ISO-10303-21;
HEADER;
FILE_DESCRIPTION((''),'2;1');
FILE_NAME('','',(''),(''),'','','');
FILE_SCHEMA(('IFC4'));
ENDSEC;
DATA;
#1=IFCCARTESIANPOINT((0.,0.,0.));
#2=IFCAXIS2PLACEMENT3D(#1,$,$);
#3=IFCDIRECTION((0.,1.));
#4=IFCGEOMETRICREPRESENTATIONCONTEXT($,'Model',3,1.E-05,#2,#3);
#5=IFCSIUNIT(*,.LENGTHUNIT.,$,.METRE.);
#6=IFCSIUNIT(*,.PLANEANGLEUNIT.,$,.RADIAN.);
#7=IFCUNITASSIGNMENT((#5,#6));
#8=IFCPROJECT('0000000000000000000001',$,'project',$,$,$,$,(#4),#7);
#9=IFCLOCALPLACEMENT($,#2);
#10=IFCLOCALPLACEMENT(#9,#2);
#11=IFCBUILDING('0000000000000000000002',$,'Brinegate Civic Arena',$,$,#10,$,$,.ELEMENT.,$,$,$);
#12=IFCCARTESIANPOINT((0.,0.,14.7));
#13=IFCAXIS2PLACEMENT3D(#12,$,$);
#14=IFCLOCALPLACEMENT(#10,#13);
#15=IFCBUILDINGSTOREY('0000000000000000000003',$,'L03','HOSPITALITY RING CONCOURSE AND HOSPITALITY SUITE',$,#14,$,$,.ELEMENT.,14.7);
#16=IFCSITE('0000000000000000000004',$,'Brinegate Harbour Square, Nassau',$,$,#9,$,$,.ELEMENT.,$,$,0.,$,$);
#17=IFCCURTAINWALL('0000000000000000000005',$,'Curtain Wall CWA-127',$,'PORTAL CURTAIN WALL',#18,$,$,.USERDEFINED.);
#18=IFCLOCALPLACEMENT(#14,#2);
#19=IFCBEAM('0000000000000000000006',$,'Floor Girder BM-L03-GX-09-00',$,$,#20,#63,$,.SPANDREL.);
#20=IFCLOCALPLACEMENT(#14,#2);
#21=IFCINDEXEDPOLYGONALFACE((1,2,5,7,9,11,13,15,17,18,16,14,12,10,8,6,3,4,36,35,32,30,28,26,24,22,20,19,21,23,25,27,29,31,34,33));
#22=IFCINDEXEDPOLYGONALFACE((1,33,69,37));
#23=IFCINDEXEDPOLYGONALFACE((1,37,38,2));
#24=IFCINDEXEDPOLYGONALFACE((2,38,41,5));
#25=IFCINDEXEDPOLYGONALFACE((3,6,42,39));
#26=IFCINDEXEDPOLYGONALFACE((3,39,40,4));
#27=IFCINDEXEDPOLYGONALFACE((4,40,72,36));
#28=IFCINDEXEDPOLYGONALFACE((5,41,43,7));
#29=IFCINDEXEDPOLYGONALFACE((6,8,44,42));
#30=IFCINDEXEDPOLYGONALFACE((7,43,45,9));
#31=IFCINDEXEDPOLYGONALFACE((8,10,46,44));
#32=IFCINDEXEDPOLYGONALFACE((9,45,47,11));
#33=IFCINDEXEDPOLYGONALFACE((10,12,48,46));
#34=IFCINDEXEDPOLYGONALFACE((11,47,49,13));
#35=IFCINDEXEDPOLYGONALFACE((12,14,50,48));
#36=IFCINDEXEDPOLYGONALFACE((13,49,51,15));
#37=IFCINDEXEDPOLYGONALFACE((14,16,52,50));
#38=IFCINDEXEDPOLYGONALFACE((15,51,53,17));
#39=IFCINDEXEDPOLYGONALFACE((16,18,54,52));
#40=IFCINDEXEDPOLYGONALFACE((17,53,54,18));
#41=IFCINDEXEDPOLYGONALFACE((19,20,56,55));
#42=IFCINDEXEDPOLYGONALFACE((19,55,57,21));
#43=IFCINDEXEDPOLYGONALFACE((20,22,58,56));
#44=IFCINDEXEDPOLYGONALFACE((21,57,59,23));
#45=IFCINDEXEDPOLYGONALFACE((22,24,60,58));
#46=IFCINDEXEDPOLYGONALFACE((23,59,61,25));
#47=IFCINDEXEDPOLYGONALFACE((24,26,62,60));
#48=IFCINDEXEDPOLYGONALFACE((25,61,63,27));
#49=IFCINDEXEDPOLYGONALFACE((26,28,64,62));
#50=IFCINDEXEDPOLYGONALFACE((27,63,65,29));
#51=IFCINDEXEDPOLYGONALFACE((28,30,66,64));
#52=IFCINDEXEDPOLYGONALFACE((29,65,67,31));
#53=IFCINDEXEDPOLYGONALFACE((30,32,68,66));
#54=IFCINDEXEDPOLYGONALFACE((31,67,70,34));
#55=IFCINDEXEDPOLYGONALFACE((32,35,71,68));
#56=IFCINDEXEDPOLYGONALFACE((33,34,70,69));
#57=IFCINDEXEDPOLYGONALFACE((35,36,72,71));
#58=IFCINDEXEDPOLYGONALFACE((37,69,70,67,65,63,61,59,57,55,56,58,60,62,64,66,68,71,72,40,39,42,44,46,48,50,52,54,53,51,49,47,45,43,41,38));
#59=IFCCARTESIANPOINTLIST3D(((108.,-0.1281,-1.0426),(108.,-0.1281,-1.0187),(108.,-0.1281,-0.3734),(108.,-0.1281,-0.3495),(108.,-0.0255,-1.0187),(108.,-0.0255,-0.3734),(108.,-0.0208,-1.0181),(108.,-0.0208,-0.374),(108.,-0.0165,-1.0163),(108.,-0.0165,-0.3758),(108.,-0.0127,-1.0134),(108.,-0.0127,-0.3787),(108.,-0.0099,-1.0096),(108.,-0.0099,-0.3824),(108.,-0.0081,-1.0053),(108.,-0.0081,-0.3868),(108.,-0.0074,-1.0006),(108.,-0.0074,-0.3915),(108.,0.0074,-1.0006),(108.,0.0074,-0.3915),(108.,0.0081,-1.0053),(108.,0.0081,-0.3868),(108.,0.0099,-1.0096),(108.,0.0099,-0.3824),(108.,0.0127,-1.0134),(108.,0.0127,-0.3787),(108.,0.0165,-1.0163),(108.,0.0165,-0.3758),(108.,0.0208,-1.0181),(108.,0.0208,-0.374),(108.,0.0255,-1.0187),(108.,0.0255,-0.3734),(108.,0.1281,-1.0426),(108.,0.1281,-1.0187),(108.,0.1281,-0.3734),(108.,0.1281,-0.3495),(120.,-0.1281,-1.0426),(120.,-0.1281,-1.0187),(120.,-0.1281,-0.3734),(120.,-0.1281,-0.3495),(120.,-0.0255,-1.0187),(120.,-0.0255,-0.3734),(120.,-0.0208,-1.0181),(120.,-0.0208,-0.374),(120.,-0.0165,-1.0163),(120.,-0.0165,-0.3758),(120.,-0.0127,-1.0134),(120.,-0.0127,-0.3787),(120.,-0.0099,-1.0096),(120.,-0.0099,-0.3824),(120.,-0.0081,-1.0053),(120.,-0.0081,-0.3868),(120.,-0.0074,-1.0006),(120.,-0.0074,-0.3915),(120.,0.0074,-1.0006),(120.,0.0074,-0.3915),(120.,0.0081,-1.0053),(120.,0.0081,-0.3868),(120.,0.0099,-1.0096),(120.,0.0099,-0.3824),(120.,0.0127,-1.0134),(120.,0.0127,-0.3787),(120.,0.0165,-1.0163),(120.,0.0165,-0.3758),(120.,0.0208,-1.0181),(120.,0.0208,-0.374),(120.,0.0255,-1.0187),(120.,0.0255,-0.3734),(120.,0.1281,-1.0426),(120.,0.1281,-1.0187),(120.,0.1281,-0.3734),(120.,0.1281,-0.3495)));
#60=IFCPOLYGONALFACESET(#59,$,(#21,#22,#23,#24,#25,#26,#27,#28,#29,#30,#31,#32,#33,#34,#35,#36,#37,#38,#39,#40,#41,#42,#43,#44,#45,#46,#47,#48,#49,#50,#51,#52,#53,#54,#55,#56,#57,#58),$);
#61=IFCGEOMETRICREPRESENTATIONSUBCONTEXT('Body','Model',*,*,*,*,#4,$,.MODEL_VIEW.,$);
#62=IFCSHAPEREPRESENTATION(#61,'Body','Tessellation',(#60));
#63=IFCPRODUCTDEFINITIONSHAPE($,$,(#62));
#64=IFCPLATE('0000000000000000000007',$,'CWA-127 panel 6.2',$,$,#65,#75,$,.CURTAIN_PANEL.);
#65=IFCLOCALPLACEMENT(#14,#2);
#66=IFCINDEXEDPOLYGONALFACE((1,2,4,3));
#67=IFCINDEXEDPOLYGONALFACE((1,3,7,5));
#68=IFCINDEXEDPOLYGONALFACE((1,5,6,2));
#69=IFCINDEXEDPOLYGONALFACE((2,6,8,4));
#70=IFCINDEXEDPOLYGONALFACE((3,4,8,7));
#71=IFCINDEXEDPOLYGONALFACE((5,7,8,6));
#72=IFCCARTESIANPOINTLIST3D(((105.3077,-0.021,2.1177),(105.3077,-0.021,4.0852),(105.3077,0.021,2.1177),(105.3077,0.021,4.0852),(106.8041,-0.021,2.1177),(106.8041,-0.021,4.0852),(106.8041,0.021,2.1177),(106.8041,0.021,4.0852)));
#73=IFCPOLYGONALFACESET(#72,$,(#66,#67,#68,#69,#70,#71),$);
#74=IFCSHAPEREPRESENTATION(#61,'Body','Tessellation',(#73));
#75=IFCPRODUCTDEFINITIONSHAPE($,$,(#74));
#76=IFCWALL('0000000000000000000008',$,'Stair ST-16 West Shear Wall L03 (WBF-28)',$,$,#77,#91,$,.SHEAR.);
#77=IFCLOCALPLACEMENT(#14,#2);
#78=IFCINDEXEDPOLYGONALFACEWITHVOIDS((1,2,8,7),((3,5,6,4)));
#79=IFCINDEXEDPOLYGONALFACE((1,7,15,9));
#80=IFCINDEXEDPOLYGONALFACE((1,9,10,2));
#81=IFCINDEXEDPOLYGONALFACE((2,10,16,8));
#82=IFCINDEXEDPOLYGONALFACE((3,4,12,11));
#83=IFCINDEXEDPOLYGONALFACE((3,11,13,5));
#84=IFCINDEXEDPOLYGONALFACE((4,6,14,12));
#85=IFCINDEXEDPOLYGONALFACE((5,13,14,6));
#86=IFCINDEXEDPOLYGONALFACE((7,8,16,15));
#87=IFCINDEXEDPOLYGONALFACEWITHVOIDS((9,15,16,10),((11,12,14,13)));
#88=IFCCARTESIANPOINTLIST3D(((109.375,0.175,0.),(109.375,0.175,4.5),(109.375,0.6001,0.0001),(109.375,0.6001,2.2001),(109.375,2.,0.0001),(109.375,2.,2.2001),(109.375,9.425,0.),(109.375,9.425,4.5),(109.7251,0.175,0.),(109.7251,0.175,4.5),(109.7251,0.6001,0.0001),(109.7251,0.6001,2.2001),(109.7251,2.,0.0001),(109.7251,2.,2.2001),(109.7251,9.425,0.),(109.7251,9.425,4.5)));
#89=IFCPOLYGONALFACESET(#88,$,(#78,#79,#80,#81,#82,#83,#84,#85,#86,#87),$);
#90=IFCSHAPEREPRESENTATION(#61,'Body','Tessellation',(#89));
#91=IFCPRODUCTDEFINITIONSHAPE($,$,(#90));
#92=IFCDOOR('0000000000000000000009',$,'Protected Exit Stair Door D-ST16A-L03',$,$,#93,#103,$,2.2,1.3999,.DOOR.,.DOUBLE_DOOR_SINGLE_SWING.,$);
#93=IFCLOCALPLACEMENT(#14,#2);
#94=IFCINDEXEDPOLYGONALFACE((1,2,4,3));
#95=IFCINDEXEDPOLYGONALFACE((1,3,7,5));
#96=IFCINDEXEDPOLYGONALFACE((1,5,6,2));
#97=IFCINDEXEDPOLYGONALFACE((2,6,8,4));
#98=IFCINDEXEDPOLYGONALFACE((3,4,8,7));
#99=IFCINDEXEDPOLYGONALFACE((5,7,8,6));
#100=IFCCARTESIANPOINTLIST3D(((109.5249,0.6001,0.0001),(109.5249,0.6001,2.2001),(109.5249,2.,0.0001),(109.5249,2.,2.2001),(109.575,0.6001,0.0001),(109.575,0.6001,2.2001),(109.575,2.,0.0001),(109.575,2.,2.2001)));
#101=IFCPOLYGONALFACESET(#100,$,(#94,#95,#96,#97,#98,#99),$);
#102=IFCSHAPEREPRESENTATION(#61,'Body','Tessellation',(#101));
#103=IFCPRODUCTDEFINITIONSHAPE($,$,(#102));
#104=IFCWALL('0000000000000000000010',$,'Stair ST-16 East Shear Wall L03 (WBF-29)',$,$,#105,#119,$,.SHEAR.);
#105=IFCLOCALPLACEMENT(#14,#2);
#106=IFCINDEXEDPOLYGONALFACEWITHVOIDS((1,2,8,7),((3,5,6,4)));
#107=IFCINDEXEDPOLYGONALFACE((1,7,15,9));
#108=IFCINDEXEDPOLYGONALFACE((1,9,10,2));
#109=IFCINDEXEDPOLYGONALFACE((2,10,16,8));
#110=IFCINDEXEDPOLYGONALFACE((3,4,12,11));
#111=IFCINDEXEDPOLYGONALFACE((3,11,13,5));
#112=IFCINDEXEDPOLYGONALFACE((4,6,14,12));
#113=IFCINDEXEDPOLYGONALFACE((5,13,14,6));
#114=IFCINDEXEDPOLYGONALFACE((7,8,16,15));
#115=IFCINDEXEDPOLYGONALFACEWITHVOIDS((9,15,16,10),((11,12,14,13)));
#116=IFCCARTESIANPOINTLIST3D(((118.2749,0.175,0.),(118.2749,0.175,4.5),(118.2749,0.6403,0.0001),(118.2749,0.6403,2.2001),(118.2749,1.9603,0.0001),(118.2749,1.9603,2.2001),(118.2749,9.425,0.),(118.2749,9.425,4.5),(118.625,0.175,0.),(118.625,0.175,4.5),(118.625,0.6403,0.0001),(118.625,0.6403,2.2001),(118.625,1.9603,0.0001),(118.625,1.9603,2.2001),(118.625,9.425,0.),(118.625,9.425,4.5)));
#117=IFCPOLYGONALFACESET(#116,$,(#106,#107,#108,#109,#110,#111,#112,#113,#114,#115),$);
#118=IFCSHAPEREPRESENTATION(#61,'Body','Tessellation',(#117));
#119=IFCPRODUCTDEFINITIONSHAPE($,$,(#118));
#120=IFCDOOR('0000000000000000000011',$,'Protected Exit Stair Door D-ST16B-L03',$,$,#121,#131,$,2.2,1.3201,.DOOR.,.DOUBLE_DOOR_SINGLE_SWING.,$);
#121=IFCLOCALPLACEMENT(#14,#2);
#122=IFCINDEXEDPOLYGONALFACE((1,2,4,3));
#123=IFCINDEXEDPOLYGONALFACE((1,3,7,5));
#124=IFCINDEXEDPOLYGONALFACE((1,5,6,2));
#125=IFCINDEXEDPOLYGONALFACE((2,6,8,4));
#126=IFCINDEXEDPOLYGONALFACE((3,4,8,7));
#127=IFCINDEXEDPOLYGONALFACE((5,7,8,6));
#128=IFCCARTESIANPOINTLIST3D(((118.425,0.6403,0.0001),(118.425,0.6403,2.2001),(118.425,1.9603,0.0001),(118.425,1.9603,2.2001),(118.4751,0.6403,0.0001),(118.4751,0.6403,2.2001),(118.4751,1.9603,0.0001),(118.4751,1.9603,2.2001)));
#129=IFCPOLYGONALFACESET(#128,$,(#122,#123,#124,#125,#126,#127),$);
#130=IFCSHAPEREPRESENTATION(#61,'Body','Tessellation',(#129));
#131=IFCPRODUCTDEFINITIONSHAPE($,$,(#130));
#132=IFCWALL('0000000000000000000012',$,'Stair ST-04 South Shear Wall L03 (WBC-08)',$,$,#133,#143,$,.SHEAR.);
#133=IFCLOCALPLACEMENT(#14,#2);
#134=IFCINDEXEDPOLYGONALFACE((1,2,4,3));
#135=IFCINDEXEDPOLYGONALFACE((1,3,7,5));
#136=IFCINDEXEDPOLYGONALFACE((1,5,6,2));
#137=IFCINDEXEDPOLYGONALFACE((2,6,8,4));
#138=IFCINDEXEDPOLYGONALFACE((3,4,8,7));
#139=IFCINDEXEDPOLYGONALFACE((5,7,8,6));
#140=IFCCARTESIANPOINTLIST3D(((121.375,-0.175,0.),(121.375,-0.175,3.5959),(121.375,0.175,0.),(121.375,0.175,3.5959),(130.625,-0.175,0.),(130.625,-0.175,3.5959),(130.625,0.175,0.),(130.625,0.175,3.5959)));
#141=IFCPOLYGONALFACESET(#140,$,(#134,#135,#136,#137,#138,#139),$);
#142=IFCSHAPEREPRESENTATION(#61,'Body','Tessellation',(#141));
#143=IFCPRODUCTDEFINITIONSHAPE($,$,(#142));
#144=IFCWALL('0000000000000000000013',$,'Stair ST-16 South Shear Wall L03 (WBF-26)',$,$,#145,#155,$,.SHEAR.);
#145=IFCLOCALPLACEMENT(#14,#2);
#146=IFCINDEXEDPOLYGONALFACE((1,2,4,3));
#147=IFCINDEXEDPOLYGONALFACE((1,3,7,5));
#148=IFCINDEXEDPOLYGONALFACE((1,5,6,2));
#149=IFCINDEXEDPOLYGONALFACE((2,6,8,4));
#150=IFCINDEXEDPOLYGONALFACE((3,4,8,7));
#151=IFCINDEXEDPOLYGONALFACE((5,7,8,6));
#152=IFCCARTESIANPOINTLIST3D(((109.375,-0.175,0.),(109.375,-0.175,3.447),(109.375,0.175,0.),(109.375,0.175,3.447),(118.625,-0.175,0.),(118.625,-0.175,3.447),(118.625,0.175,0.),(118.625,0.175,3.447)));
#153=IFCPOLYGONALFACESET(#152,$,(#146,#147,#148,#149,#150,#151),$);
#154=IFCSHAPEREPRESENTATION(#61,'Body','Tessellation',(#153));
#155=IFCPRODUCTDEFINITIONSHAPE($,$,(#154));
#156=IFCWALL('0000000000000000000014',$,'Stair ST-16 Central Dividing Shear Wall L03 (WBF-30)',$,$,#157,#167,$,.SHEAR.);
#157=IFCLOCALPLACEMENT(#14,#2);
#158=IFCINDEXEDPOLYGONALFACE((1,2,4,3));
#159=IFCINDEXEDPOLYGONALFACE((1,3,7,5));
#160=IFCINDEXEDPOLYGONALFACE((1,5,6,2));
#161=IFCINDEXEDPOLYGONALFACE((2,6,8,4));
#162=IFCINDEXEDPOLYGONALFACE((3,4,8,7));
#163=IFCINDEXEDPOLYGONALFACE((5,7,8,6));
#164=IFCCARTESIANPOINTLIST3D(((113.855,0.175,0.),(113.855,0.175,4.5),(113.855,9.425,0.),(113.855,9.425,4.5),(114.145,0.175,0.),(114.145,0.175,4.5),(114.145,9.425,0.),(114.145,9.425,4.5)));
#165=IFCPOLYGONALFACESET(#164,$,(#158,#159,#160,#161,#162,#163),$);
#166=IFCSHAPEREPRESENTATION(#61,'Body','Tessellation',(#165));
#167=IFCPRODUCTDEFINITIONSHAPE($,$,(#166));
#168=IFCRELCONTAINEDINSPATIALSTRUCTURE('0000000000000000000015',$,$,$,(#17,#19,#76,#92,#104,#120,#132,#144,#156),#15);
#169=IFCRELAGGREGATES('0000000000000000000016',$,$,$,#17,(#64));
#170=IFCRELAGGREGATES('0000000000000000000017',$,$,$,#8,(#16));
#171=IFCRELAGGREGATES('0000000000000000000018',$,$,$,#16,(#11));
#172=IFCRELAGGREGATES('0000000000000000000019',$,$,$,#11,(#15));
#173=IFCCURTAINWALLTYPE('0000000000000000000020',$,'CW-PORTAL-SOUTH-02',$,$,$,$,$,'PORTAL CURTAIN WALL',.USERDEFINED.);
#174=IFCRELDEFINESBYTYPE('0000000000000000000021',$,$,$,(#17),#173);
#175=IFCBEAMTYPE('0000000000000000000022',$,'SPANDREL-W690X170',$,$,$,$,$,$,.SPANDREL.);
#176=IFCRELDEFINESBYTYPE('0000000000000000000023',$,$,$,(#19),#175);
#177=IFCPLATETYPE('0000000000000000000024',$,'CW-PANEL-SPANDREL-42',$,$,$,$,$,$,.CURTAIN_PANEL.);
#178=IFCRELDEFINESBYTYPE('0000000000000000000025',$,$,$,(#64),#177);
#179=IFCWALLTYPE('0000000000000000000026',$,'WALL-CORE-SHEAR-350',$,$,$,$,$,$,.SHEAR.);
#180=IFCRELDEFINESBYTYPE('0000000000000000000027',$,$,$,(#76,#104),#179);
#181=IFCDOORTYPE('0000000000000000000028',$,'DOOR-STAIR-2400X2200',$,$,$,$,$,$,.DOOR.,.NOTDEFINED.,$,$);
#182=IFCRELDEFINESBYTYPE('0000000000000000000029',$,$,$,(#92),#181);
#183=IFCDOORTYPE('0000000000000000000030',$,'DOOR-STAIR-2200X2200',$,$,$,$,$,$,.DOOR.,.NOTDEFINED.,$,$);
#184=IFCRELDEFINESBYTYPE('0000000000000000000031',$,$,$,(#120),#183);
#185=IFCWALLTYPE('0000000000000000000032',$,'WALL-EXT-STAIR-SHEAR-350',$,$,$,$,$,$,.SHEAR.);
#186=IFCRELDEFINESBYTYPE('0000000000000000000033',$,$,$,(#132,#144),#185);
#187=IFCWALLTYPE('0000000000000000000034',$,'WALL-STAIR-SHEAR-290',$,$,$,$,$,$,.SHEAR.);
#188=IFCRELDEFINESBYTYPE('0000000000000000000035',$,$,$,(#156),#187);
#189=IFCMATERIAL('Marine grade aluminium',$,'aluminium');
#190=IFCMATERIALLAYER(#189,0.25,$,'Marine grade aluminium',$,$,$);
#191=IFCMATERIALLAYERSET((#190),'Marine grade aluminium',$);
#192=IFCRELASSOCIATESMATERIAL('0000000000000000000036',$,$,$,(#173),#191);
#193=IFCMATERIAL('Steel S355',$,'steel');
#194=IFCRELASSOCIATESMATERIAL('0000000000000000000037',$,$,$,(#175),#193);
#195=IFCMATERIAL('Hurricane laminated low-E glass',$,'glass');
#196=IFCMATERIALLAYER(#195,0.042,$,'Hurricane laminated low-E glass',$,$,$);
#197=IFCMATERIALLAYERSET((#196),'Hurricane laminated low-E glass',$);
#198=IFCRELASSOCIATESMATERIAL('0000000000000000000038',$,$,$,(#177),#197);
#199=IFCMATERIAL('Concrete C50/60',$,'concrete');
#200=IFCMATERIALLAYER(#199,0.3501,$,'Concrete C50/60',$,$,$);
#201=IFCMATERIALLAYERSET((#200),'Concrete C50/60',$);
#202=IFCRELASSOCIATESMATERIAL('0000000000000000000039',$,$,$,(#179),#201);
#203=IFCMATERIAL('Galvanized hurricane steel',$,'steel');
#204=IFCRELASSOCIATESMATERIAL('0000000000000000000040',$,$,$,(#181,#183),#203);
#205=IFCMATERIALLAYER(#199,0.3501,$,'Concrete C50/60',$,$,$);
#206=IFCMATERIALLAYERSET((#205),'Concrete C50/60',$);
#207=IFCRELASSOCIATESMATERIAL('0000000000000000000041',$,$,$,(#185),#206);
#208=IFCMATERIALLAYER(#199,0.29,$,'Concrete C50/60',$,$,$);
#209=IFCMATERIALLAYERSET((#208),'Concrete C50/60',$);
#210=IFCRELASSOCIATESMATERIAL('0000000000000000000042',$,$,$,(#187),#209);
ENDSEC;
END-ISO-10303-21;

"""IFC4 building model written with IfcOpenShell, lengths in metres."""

from ifc_helpers import new_model, si_unit, direction, frame, frame_2d, origin, origin_2d, place, context, subcontext, project, spatial, rectangle, i_section, extrude, material, layer, layer_set, material_profile, profile_set, type_object, element, fill, aggregate, save


model = new_model("IFC4")

# Units and contexts
model_context = context("Model", 3, precision=1e-05, world=origin(), true_north=direction((0.0, 1.0)))
body_context = subcontext(model_context, "Body", "Model", "MODEL_VIEW")
ifc_project = project(units=[si_unit("LENGTHUNIT", "METRE"), si_unit("PLANEANGLEUNIT", "RADIAN")], contexts=[model_context])

# Site, building, storey
site_placement = place(None, origin())
site = spatial("IfcSite", under=ifc_project, at=site_placement, Name="Brinegate Harbour Square, Nassau", CompositionType="ELEMENT", RefElevation=0.0)
building_placement = place(site_placement, origin())
building = spatial("IfcBuilding", under=site, at=building_placement, Name="Brinegate Civic Arena", CompositionType="ELEMENT")
storey_placement = place(building_placement, frame((0.0, 0.0, 14.7)))
storey = spatial("IfcBuildingStorey", under=building, at=storey_placement, Name="L03", Description="HOSPITALITY RING CONCOURSE AND HOSPITALITY SUITE", CompositionType="ELEMENT", Elevation=14.7)

# Shared definitions
ifc_material_1 = material(Name="Concrete C50/60", Category="concrete")

# Curtain wall
ifc_material_2 = material(Name="Marine grade aluminium", Category="aluminium")
ifc_layer_1 = layer(ifc_material_2, 0.25, Name="Marine grade aluminium")
ifc_layer_set_1 = layer_set([ifc_layer_1], Name="Marine grade aluminium")
curtain_wall_type = type_object("IfcCurtainWallType", Name="CW-PORTAL-SOUTH-02", ElementType="PORTAL CURTAIN WALL", PredefinedType="USERDEFINED", material=ifc_layer_set_1)
curtain_wall_placement = place(storey_placement, origin())
curtain_wall = element("IfcCurtainWall", 1, at=curtain_wall_placement, inside=storey, type_object=curtain_wall_type, Name="Curtain Wall CWA-127", ObjectType="PORTAL CURTAIN WALL", PredefinedType="USERDEFINED")

# Beam
ifc_material_3 = material(Name="Steel S355", Category="steel")
ifc_material_profile_1 = material_profile(ifc_material_3, i_section(OverallWidth=0.2561, OverallDepth=0.6931, WebThickness=0.0149, FlangeThickness=0.0239, FilletRadius=0.0181, at=origin_2d()), Name="W690X170")
ifc_profile_set_1 = profile_set([ifc_material_profile_1], Name="Steel S355")
beam_type_1 = type_object("IfcBeamType", Name="SPANDREL-W690X170", PredefinedType="SPANDREL", material=ifc_profile_set_1)
beam_1_placement = place(storey_placement, frame((108.0, 0.0, -0.696), z_axis=(1.0, 0.0, 0.0), x_axis=(0.0, 1.0, 0.0)))
element("IfcBeam", 2, at=beam_1_placement, inside=storey, type_object=beam_type_1, Name="Floor Girder BM-L03-GX-09-00", PredefinedType="SPANDREL", context=body_context, shape_type="SweptSolid", body=[
    extrude(i_section(OverallWidth=0.2561, OverallDepth=0.6931, WebThickness=0.0149, FlangeThickness=0.0239, FilletRadius=0.0181, at=origin_2d()), origin(), (0.0, 0.0, 1.0), 12.0),
])

# Plate
ifc_material_4 = material(Name="Hurricane laminated low-E glass", Category="glass")
ifc_layer_2 = layer(ifc_material_4, 0.042, Name="Hurricane laminated low-E glass")
ifc_layer_set_2 = layer_set([ifc_layer_2], Name="Hurricane laminated low-E glass")
plate_type = type_object("IfcPlateType", Name="CW-PANEL-SPANDREL-42", PredefinedType="CURTAIN_PANEL", material=ifc_layer_set_2)
plate_placement = place(storey_placement, frame((106.0559, 0.0, 2.1177), z_axis=(0.0, 0.0, 1.0), x_axis=(1.0, 0.0, 0.0)))
plate = element("IfcPlate", 3, at=plate_placement, type_object=plate_type, Name="CWA-127 panel 6.2", PredefinedType="CURTAIN_PANEL", context=body_context, shape_type="SweptSolid", body=[
    extrude(rectangle(XDim=1.4963, YDim=0.042, at=origin_2d()), origin(), (0.0, 0.0, 1.0), 1.9675),
])
aggregate(curtain_wall, [plate])

# Walls, openings, doors
ifc_layer_3 = layer(ifc_material_1, 0.3501, Name="Concrete C50/60")
ifc_layer_set_3 = layer_set([ifc_layer_3], Name="Concrete C50/60")
wall_type_1 = type_object("IfcWallType", Name="WALL-CORE-SHEAR-350", PredefinedType="SHEAR", material=ifc_layer_set_3)
wall_1_placement = place(storey_placement, frame((109.55, 0.175, 0.0), z_axis=(0.0, 0.0, 1.0), x_axis=(0.0, 1.0, 0.0)))
wall_1 = element("IfcWall", 4, at=wall_1_placement, inside=storey, type_object=wall_type_1, Name="Stair ST-16 West Shear Wall L03 (WBF-28)", PredefinedType="SHEAR", context=body_context, shape_type="SweptSolid", body=[
    extrude(rectangle(XDim=9.25, YDim=0.3501, at=frame_2d((4.625, 0.0))), origin(), (0.0, 0.0, 1.0), 4.5),
])
opening_1_placement = place(wall_1_placement, frame((0.425, 0.0, 0.0)))
opening_1 = element("IfcOpeningElement", 5, at=opening_1_placement, cuts=wall_1, PredefinedType="OPENING", context=body_context, shape_type="SweptSolid", body=[
    extrude(rectangle(XDim=1.3999, YDim=2.2, at=frame_2d((0.7, 1.1001))), frame((0.0, 0.1851, 0.0), z_axis=(0.0, -1.0, 0.0), x_axis=(1.0, 0.0, 0.0)), (0.0, 0.0, 1.0), 0.3701),
])
ifc_material_5 = material(Name="Galvanized hurricane steel", Category="steel")
door_type_1 = type_object("IfcDoorType", Name="DOOR-STAIR-2400X2200", OperationType="NOTDEFINED", PredefinedType="DOOR", material=ifc_material_5)
door_1_placement = place(opening_1_placement, frame((1.3999, 0.0, 0.0), z_axis=(0.0, 0.0, 1.0), x_axis=(-1.0, 0.0, 0.0)))
door_1 = element("IfcDoor", 6, at=door_1_placement, inside=storey, type_object=door_type_1, Name="Protected Exit Stair Door D-ST16A-L03", OperationType="DOUBLE_DOOR_SINGLE_SWING", OverallHeight=2.2, OverallWidth=1.3999, PredefinedType="DOOR", context=body_context, shape_type="SweptSolid", body=[
    extrude(rectangle(XDim=1.3999, YDim=2.2, at=frame_2d((0.7, 1.1001))), frame((0.0, 0.0249, 0.0), z_axis=(0.0, -1.0, 0.0), x_axis=(1.0, 0.0, 0.0)), (0.0, 0.0, 1.0), 0.05),
])
fill(opening_1, door_1)
wall_2_placement = place(storey_placement, frame((118.45, 0.175, 0.0), z_axis=(0.0, 0.0, 1.0), x_axis=(0.0, 1.0, 0.0)))
wall_2 = element("IfcWall", 7, at=wall_2_placement, inside=storey, type_object=wall_type_1, Name="Stair ST-16 East Shear Wall L03 (WBF-29)", PredefinedType="SHEAR", context=body_context, shape_type="SweptSolid", body=[
    extrude(rectangle(XDim=9.25, YDim=0.3501, at=frame_2d((4.625, 0.0))), origin(), (0.0, 0.0, 1.0), 4.5),
])
opening_2_placement = place(wall_2_placement, frame((0.4651, 0.0, 0.0)))
opening_2 = element("IfcOpeningElement", 8, at=opening_2_placement, cuts=wall_2, PredefinedType="OPENING", context=body_context, shape_type="SweptSolid", body=[
    extrude(rectangle(XDim=1.3201, YDim=2.2, at=frame_2d((0.6602, 1.1001))), frame((0.0, 0.1851, 0.0), z_axis=(0.0, -1.0, 0.0), x_axis=(1.0, 0.0, 0.0)), (0.0, 0.0, 1.0), 0.3701),
])
door_type_2 = type_object("IfcDoorType", Name="DOOR-STAIR-2200X2200", OperationType="NOTDEFINED", PredefinedType="DOOR", material=ifc_material_5)
door_2_placement = place(opening_2_placement, origin())
door_2 = element("IfcDoor", 9, at=door_2_placement, inside=storey, type_object=door_type_2, Name="Protected Exit Stair Door D-ST16B-L03", OperationType="DOUBLE_DOOR_SINGLE_SWING", OverallHeight=2.2, OverallWidth=1.3201, PredefinedType="DOOR", context=body_context, shape_type="SweptSolid", body=[
    extrude(rectangle(XDim=1.3201, YDim=2.2, at=frame_2d((0.6602, 1.1001))), frame((0.0, 0.0249, 0.0), z_axis=(0.0, -1.0, 0.0), x_axis=(1.0, 0.0, 0.0)), (0.0, 0.0, 1.0), 0.05),
])
fill(opening_2, door_2)

# Walls
ifc_layer_4 = layer(ifc_material_1, 0.3501, Name="Concrete C50/60")
ifc_layer_set_4 = layer_set([ifc_layer_4], Name="Concrete C50/60")
wall_type_2 = type_object("IfcWallType", Name="WALL-EXT-STAIR-SHEAR-350", PredefinedType="SHEAR", material=ifc_layer_set_4)
wall_3_placement = place(storey_placement, frame((121.375, 0.0, 0.0), z_axis=(0.0, 0.0, 1.0), x_axis=(1.0, 0.0, 0.0)))
element("IfcWall", 10, at=wall_3_placement, inside=storey, type_object=wall_type_2, Name="Stair ST-04 South Shear Wall L03 (WBC-08)", PredefinedType="SHEAR", context=body_context, shape_type="SweptSolid", body=[
    extrude(rectangle(XDim=9.25, YDim=0.3501, at=frame_2d((4.625, 0.0))), origin(), (0.0, 0.0, 1.0), 3.5959),
])
wall_4_placement = place(storey_placement, frame((109.375, 0.0, 0.0), z_axis=(0.0, 0.0, 1.0), x_axis=(1.0, 0.0, 0.0)))
element("IfcWall", 11, at=wall_4_placement, inside=storey, type_object=wall_type_2, Name="Stair ST-16 South Shear Wall L03 (WBF-26)", PredefinedType="SHEAR", context=body_context, shape_type="SweptSolid", body=[
    extrude(rectangle(XDim=9.25, YDim=0.3501, at=frame_2d((4.625, 0.0))), origin(), (0.0, 0.0, 1.0), 3.447),
])
ifc_layer_5 = layer(ifc_material_1, 0.29, Name="Concrete C50/60")
ifc_layer_set_5 = layer_set([ifc_layer_5], Name="Concrete C50/60")
wall_type_3 = type_object("IfcWallType", Name="WALL-STAIR-SHEAR-290", PredefinedType="SHEAR", material=ifc_layer_set_5)
wall_5_placement = place(storey_placement, frame((114.0, 0.175, 0.0), z_axis=(0.0, 0.0, 1.0), x_axis=(0.0, 1.0, 0.0)))
element("IfcWall", 12, at=wall_5_placement, inside=storey, type_object=wall_type_3, Name="Stair ST-16 Central Dividing Shear Wall L03 (WBF-30)", PredefinedType="SHEAR", context=body_context, shape_type="SweptSolid", body=[
    extrude(rectangle(XDim=9.25, YDim=0.29, at=frame_2d((4.625, 0.0))), origin(), (0.0, 0.0, 1.0), 4.5),
])

save(model, "model.ifc")
